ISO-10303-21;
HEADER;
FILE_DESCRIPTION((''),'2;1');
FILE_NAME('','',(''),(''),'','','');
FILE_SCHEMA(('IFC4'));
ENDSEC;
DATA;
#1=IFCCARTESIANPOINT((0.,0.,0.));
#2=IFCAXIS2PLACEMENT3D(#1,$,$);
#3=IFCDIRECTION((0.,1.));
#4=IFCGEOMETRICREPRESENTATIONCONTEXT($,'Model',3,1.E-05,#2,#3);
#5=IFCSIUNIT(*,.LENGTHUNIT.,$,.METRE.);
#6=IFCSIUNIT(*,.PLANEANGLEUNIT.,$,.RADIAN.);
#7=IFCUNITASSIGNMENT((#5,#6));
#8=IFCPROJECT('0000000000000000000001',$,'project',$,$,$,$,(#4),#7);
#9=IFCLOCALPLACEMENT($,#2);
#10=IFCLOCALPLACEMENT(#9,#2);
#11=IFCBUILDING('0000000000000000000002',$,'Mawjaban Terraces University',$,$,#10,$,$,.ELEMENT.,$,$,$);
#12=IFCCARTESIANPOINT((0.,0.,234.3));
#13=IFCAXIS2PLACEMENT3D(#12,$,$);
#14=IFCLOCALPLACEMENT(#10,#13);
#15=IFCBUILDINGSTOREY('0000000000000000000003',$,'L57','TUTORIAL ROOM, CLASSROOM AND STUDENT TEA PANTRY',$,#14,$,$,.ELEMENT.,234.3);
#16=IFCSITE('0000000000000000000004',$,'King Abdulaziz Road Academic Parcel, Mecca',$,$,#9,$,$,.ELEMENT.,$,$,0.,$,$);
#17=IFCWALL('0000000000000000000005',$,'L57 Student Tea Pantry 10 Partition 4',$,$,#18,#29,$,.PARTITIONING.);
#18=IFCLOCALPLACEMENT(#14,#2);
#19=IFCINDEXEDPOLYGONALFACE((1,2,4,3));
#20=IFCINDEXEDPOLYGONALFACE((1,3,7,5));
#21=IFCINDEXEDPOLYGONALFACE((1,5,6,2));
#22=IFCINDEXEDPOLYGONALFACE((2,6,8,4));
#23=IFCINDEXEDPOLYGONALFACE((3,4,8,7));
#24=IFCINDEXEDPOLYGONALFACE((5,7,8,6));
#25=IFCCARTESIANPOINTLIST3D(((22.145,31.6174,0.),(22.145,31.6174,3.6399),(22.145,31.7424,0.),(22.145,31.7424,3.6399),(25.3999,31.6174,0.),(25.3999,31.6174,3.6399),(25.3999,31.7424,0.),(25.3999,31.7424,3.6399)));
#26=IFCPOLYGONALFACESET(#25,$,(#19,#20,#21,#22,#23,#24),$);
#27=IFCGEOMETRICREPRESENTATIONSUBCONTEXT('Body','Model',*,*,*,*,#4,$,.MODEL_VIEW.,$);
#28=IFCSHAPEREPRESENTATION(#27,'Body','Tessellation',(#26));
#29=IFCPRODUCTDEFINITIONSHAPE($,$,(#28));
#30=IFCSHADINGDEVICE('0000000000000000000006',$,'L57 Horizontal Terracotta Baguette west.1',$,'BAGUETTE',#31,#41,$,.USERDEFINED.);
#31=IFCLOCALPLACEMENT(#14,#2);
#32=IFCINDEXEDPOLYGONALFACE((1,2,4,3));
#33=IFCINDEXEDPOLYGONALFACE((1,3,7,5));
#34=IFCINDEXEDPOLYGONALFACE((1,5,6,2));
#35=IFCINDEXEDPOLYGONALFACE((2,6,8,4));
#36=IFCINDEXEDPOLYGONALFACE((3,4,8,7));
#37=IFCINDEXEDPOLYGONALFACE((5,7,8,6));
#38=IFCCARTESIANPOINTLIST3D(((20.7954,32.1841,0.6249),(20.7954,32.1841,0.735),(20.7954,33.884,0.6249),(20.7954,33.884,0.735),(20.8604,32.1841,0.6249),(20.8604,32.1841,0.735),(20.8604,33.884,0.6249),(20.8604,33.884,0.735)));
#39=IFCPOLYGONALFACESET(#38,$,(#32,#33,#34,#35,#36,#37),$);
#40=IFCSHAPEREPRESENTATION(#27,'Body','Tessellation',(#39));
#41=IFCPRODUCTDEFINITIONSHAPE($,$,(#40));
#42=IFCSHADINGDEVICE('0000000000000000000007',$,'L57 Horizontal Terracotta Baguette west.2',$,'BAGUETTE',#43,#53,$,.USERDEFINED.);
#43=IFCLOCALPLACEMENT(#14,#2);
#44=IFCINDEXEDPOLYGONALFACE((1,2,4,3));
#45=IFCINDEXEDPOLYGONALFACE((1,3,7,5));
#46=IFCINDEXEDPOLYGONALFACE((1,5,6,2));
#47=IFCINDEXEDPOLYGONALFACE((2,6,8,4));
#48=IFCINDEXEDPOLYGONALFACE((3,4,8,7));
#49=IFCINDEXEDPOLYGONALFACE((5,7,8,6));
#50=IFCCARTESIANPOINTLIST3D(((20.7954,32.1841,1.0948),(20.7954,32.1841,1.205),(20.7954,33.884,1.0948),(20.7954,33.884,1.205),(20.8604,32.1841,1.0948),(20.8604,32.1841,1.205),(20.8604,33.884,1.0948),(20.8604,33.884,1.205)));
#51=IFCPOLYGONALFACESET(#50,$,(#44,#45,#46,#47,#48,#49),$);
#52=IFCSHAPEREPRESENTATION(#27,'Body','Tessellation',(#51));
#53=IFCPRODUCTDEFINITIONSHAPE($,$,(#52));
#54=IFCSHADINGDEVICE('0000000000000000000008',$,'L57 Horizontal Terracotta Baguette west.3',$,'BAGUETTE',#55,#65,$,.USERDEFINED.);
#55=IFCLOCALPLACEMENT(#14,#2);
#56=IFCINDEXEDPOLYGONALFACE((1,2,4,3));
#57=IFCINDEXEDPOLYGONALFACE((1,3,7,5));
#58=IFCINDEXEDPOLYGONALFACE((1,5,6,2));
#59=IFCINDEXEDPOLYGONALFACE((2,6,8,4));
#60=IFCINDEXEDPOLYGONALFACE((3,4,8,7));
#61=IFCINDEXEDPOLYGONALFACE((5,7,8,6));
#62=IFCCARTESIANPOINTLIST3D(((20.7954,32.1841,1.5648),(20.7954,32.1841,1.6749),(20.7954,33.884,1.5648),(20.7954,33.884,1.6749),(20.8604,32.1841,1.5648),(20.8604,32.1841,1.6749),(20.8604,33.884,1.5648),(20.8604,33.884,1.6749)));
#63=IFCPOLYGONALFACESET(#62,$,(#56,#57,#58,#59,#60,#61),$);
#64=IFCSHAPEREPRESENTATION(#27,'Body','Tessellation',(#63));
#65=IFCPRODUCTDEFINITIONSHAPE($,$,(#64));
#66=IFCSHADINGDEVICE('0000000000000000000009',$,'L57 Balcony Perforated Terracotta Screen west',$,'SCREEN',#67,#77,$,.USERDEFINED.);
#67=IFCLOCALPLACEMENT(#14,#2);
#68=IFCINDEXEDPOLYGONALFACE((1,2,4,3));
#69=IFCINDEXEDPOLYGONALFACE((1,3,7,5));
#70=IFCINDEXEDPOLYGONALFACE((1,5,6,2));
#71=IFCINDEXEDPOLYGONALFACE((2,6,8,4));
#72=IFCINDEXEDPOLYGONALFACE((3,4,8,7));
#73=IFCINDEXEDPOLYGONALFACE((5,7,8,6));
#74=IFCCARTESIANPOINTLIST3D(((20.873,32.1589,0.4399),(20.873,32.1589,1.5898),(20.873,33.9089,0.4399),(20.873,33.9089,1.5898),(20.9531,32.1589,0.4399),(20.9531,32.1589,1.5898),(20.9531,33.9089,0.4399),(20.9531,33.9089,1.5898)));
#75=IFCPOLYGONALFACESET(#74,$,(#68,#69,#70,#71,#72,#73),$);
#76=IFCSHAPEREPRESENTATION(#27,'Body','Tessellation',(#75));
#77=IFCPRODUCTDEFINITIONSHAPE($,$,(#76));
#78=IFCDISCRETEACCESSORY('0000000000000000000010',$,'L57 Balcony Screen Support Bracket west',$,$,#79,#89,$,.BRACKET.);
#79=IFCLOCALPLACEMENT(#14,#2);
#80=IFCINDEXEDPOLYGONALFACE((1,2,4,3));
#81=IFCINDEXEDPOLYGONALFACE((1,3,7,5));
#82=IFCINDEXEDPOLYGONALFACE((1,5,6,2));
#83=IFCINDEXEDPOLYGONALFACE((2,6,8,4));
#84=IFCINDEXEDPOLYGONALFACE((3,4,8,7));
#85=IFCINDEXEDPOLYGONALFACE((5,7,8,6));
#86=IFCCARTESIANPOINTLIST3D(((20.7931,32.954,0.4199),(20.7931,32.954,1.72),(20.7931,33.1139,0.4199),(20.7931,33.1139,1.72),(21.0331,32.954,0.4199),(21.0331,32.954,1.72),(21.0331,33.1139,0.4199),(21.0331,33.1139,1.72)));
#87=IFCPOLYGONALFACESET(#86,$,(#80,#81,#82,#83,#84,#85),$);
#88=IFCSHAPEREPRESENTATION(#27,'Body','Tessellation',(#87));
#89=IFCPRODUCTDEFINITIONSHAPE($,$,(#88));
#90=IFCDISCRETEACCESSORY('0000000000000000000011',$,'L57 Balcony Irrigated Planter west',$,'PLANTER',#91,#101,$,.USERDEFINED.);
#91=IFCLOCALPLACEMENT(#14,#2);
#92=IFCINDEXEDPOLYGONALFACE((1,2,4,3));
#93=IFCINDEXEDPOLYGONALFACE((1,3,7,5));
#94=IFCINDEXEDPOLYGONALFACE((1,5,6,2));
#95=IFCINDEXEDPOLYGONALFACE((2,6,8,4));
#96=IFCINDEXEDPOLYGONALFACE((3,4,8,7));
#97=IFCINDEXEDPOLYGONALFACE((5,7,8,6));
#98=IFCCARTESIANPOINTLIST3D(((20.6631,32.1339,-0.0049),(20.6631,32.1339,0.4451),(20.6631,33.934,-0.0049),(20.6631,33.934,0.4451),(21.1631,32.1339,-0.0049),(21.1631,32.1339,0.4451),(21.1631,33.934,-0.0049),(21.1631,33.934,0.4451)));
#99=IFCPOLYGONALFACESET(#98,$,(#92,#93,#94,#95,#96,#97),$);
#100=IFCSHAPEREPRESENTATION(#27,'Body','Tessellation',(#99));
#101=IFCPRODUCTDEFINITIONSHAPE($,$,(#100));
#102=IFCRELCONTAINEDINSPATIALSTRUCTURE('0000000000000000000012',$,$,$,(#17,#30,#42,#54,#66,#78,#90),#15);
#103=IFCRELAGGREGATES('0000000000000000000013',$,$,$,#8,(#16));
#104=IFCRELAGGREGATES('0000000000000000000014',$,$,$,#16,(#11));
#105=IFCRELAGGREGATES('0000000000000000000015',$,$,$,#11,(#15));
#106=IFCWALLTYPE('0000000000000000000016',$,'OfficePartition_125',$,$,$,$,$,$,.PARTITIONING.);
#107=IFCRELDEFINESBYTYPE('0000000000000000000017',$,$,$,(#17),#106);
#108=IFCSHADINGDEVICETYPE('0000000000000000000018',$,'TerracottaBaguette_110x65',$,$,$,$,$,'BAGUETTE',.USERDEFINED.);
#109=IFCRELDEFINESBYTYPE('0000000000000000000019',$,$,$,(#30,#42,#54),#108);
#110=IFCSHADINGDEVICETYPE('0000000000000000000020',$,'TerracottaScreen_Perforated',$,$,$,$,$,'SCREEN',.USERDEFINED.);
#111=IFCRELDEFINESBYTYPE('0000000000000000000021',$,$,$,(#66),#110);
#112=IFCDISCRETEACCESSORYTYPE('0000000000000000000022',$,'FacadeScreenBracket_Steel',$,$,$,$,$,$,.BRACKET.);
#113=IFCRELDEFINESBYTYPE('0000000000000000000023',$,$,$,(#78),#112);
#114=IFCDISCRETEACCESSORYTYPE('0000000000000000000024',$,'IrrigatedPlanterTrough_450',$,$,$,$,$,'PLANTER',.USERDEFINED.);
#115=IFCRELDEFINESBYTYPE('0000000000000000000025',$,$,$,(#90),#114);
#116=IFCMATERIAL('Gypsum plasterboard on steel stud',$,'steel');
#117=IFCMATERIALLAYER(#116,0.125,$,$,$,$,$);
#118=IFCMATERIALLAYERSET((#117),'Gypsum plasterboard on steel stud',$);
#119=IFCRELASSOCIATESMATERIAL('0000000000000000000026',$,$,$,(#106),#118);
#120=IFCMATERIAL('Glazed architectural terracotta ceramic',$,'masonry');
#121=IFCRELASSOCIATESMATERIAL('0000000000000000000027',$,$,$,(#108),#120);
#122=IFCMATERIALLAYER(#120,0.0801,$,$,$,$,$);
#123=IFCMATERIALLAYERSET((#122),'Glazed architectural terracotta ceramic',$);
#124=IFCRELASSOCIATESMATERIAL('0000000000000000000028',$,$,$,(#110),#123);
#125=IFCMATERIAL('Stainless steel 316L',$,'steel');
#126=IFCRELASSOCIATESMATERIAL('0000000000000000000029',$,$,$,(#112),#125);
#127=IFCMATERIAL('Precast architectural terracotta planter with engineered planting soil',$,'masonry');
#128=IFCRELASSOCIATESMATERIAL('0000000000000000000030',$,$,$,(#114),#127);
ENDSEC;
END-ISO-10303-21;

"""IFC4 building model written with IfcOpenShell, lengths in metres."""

from ifc_helpers import new_model, si_unit, direction, frame, frame_2d, origin, origin_2d, place, context, subcontext, project, spatial, rectangle, extrude, material, layer, layer_set, material_profile, profile_set, type_object, element, save


model = new_model("IFC4")

# Units and contexts
model_context = context("Model", 3, precision=1e-05, world=origin(), true_north=direction((0.0, 1.0)))
body_context = subcontext(model_context, "Body", "Model", "MODEL_VIEW")
ifc_project = project(units=[si_unit("LENGTHUNIT", "METRE"), si_unit("PLANEANGLEUNIT", "RADIAN")], contexts=[model_context])

# Site, building, storey
site_placement = place(None, origin())
site = spatial("IfcSite", under=ifc_project, at=site_placement, Name="King Abdulaziz Road Academic Parcel, Mecca", CompositionType="ELEMENT", RefElevation=0.0)
building_placement = place(site_placement, origin())
building = spatial("IfcBuilding", under=site, at=building_placement, Name="Mawjaban Terraces University", CompositionType="ELEMENT")
storey_placement = place(building_placement, frame((0.0, 0.0, 234.3)))
storey = spatial("IfcBuildingStorey", under=building, at=storey_placement, Name="L57", Description="TUTORIAL ROOM, CLASSROOM AND STUDENT TEA PANTRY", CompositionType="ELEMENT", Elevation=234.3)

# Wall
ifc_material_1 = material(Name="Gypsum plasterboard on steel stud", Category="steel")
ifc_layer_1 = layer(ifc_material_1, 0.125)
ifc_layer_set_1 = layer_set([ifc_layer_1], Name="Gypsum plasterboard on steel stud")
wall_type_1 = type_object("IfcWallType", Name="OfficePartition_125", PredefinedType="PARTITIONING", material=ifc_layer_set_1)
wall_1_placement = place(storey_placement, frame((25.3999, 31.6799, 0.0), z_axis=(0.0, 0.0, 1.0), x_axis=(-1.0, 0.0, 0.0)))
element("IfcWall", 1, at=wall_1_placement, inside=storey, type_object=wall_type_1, Name="L57 Student Tea Pantry 10 Partition 4", PredefinedType="PARTITIONING", context=body_context, shape_type="SweptSolid", body=[
    extrude(rectangle(XDim=3.2549, YDim=0.125, at=frame_2d((1.6274, 0.0))), origin(), (0.0, 0.0, 1.0), 3.6399),
])

# Shading devices
ifc_material_2 = material(Name="Glazed architectural terracotta ceramic", Category="masonry")
ifc_material_profile_1 = material_profile(ifc_material_2, rectangle(XDim=0.0649, YDim=0.1101, at=origin_2d()), Name="TBAG110X65")
ifc_profile_set_1 = profile_set([ifc_material_profile_1], Name="Glazed architectural terracotta ceramic")
shading_device_type_1 = type_object("IfcShadingDeviceType", Name="TerracottaBaguette_110x65", ElementType="BAGUETTE", PredefinedType="USERDEFINED", material=ifc_profile_set_1)
for number, where, z_axis, x_axis, name in (
    (2, (20.8279, 32.1841, 0.6799), (0.0, 1.0, 0.0), (-1.0, 0.0, 0.0), "L57 Horizontal Terracotta Baguette west.1"),
    (3, (20.8279, 32.1841, 1.1499), (0.0, 1.0, 0.0), (-1.0, 0.0, 0.0), "L57 Horizontal Terracotta Baguette west.2"),
    (4, (20.8279, 32.1841, 1.6199), (0.0, 1.0, 0.0), (-1.0, 0.0, 0.0), "L57 Horizontal Terracotta Baguette west.3"),
):
    element("IfcShadingDevice", number, at=place(storey_placement, frame(where, z_axis=z_axis, x_axis=x_axis)), inside=storey, type_object=shading_device_type_1, Name=name, ObjectType="BAGUETTE", PredefinedType="USERDEFINED", context=body_context, shape_type="SweptSolid", body=[
        extrude(rectangle(XDim=0.0649, YDim=0.1101, at=origin_2d()), origin(), (0.0, 0.0, 1.0), 1.7),
    ])
ifc_layer_2 = layer(ifc_material_2, 0.0801)
ifc_layer_set_2 = layer_set([ifc_layer_2], Name="Glazed architectural terracotta ceramic")
shading_device_type_2 = type_object("IfcShadingDeviceType", Name="TerracottaScreen_Perforated", ElementType="SCREEN", PredefinedType="USERDEFINED", material=ifc_layer_set_2)
shading_device_placement = place(storey_placement, frame((20.9131, 33.0339, 0.4399), z_axis=(0.0, 0.0, 1.0), x_axis=(0.0, 1.0, 0.0)))
element("IfcShadingDevice", 5, at=shading_device_placement, inside=storey, type_object=shading_device_type_2, Name="L57 Balcony Perforated Terracotta Screen west", ObjectType="SCREEN", PredefinedType="USERDEFINED", context=body_context, shape_type="SweptSolid", body=[
    extrude(rectangle(XDim=1.75, YDim=0.0801, at=origin_2d()), origin(), (0.0, 0.0, 1.0), 1.1499),
])

# Discrete accessories
ifc_material_3 = material(Name="Stainless steel 316L", Category="steel")
discrete_accessory_type_1 = type_object("IfcDiscreteAccessoryType", Name="FacadeScreenBracket_Steel", PredefinedType="BRACKET", material=ifc_material_3)
discrete_accessory_1_placement = place(storey_placement, frame((20.9131, 33.0339, 0.4199), z_axis=(0.0, 0.0, 1.0), x_axis=(0.0, 1.0, 0.0)))
element("IfcDiscreteAccessory", 6, at=discrete_accessory_1_placement, inside=storey, type_object=discrete_accessory_type_1, Name="L57 Balcony Screen Support Bracket west", PredefinedType="BRACKET", context=body_context, shape_type="SweptSolid", body=[
    extrude(rectangle(XDim=0.1599, YDim=0.24, at=origin_2d()), origin(), (0.0, 0.0, 1.0), 1.3),
])
ifc_material_4 = material(Name="Precast architectural terracotta planter with engineered planting soil", Category="masonry")
discrete_accessory_type_2 = type_object("IfcDiscreteAccessoryType", Name="IrrigatedPlanterTrough_450", ElementType="PLANTER", PredefinedType="USERDEFINED", material=ifc_material_4)
discrete_accessory_2_placement = place(storey_placement, frame((20.9131, 33.0339, -0.0049), z_axis=(0.0, 0.0, 1.0), x_axis=(0.0, 1.0, 0.0)))
element("IfcDiscreteAccessory", 7, at=discrete_accessory_2_placement, inside=storey, type_object=discrete_accessory_type_2, Name="L57 Balcony Irrigated Planter west", ObjectType="PLANTER", PredefinedType="USERDEFINED", context=body_context, shape_type="SweptSolid", body=[
    extrude(rectangle(XDim=1.8, YDim=0.5, at=origin_2d()), origin(), (0.0, 0.0, 1.0), 0.45),
])

save(model, "model.ifc")
